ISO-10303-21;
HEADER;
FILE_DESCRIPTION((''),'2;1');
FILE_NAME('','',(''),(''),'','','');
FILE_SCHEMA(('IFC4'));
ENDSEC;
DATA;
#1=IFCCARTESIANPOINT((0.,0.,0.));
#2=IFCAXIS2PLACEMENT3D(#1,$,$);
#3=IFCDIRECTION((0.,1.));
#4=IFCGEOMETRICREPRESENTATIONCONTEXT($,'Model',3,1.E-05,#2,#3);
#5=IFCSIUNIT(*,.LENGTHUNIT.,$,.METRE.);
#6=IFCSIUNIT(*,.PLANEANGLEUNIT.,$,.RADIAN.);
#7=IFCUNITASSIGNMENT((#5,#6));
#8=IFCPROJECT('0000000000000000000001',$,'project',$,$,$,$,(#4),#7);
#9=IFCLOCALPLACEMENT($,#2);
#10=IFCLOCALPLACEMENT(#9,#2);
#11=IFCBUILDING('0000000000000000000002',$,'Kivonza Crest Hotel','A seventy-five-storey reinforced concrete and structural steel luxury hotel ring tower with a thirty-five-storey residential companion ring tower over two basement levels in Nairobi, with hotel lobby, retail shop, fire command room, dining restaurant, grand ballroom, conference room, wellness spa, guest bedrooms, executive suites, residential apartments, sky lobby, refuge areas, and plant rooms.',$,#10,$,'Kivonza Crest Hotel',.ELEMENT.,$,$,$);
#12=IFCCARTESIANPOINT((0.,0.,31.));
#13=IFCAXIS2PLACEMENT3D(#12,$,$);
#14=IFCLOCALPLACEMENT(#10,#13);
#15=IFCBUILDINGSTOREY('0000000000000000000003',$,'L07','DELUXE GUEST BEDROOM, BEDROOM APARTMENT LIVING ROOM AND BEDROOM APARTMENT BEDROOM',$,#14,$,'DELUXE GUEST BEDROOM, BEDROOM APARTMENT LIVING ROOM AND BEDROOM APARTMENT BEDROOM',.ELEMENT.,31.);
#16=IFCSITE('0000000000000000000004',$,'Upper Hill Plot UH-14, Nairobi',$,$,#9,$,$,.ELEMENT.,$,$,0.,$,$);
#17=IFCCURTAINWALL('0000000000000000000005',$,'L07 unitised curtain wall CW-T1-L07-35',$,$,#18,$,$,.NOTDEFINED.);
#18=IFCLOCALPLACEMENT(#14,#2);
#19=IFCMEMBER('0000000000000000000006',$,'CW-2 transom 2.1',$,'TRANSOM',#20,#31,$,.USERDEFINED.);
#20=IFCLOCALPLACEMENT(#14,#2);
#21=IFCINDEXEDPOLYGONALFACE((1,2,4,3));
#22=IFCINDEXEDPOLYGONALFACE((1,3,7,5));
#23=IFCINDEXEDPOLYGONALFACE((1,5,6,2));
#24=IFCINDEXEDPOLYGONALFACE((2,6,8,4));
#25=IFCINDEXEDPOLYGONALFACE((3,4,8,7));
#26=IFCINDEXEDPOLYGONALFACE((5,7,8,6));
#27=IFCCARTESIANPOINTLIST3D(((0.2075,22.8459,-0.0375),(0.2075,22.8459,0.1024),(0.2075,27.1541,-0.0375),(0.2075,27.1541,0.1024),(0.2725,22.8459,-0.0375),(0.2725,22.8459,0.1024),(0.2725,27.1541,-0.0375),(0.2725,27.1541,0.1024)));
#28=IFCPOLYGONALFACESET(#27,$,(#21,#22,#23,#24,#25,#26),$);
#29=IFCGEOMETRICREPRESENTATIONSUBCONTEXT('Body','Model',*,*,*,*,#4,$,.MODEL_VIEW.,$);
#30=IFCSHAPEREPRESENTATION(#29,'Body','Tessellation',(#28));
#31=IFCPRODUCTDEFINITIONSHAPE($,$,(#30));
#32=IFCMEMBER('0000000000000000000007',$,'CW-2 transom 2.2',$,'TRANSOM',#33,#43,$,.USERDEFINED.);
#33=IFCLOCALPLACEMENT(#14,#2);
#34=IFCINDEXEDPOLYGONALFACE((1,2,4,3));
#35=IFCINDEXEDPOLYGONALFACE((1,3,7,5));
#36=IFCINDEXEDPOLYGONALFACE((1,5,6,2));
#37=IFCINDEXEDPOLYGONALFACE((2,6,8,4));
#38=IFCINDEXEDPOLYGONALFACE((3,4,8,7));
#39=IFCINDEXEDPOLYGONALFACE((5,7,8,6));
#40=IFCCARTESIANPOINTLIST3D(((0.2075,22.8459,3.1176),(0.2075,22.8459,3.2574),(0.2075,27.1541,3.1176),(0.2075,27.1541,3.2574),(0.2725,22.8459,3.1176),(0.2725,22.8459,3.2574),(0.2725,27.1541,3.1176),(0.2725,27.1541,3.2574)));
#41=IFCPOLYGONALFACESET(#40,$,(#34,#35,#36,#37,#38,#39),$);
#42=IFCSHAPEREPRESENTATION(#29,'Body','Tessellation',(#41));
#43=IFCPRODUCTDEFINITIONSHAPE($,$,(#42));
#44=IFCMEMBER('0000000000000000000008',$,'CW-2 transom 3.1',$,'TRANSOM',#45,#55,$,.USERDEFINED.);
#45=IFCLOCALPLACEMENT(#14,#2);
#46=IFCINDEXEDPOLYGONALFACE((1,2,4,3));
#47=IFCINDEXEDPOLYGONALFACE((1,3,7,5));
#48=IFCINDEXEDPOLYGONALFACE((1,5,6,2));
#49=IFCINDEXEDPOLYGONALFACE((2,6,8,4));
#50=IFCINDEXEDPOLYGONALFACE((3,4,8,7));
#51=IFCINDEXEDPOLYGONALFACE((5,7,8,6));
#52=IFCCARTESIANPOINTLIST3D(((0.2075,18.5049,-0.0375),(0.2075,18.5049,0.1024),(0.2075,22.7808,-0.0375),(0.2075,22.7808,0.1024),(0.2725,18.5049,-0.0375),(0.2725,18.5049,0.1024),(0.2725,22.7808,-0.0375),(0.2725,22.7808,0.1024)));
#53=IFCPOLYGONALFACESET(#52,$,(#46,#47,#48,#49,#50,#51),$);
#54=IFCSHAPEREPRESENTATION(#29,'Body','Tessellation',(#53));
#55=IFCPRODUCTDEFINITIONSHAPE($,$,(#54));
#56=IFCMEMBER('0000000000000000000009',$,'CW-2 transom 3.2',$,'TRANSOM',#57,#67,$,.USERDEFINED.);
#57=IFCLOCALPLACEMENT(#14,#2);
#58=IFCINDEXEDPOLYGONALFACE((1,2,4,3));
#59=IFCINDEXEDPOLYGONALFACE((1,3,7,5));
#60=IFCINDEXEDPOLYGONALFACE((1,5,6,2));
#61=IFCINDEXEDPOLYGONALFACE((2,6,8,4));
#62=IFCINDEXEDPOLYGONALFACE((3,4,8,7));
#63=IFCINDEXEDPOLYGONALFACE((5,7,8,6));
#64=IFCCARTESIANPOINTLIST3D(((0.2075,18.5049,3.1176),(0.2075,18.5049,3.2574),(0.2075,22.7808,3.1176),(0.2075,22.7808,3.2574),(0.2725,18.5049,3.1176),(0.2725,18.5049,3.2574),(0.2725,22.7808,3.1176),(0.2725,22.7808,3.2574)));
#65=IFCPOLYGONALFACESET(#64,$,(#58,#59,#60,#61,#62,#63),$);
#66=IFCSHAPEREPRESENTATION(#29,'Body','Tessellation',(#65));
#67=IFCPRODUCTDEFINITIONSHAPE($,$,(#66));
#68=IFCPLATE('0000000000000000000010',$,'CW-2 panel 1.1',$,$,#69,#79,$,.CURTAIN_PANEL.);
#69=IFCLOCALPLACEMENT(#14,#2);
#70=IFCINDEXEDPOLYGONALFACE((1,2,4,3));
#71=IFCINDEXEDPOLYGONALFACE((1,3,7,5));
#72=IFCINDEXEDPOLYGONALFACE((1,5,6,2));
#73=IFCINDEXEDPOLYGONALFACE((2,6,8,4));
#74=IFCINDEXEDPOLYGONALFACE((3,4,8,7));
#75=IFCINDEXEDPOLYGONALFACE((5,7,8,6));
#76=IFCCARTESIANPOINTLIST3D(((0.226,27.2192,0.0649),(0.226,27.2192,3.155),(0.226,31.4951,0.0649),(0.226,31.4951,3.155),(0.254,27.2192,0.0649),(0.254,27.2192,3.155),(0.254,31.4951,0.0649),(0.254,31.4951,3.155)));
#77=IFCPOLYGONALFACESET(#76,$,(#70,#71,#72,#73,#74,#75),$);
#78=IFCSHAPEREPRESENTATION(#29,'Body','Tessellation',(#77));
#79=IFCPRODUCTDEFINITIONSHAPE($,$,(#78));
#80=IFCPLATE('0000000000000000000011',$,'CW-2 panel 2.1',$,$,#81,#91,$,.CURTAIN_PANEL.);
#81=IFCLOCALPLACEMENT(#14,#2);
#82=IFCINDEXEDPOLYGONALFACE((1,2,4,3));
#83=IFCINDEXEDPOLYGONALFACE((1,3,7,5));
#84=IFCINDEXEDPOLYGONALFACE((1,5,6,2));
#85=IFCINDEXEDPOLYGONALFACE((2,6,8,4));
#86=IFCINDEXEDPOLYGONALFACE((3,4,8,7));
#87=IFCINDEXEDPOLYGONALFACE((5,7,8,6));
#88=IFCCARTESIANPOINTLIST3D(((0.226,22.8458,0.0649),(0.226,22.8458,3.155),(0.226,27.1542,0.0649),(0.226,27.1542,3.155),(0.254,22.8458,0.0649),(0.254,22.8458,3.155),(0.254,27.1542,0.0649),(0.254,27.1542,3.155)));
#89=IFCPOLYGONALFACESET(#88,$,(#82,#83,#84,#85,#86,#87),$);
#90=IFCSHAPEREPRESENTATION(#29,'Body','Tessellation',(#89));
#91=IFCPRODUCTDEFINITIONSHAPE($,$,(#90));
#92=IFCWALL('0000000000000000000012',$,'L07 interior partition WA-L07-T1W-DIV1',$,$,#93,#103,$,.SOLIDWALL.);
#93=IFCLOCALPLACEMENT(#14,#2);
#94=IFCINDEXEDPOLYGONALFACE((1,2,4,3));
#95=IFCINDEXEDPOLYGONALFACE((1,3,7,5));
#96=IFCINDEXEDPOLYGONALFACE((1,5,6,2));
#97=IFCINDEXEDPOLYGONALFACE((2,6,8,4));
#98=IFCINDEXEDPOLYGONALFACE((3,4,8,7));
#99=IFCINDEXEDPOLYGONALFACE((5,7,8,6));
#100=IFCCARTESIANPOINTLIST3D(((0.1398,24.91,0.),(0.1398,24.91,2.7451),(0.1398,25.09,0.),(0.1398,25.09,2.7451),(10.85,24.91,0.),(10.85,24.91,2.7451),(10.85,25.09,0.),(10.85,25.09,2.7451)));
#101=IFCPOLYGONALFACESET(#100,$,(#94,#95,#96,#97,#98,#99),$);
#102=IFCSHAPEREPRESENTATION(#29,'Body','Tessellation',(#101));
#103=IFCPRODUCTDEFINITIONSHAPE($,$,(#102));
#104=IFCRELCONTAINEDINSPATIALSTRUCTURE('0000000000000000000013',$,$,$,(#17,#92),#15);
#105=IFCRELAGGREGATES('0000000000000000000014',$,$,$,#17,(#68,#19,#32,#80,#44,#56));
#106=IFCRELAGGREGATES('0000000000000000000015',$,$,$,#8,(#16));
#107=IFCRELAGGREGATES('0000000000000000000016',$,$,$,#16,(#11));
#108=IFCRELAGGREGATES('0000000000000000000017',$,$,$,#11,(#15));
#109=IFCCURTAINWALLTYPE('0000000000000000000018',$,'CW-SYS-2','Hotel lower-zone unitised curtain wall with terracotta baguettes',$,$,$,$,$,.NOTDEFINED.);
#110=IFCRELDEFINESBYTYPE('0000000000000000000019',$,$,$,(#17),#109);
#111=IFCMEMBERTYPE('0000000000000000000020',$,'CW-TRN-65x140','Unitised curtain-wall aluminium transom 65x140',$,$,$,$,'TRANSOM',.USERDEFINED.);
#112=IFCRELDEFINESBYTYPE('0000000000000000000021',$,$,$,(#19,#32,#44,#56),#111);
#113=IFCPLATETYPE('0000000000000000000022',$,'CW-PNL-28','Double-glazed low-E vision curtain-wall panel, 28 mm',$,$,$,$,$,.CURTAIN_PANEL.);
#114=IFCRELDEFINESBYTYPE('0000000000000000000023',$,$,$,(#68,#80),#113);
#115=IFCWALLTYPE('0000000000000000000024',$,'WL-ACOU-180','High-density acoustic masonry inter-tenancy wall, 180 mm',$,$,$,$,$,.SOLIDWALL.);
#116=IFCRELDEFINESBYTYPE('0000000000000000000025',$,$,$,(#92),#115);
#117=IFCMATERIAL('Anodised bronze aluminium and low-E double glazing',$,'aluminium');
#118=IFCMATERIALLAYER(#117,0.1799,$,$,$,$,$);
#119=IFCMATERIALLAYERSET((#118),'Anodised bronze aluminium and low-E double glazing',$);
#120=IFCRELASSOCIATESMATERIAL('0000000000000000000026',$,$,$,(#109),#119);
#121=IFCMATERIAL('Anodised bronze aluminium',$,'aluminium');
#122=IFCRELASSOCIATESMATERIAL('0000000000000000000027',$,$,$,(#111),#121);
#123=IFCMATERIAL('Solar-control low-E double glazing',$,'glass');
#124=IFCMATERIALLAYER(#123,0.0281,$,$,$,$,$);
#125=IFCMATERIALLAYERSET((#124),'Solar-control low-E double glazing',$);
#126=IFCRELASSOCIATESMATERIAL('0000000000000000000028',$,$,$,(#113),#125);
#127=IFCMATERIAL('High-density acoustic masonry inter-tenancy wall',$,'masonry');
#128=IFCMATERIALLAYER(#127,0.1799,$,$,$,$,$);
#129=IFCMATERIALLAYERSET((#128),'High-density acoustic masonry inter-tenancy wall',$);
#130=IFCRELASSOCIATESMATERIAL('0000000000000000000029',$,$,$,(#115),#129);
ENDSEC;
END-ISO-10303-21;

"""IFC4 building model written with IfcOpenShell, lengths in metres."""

from ifc_helpers import new_model, si_unit, direction, frame, frame_2d, origin, origin_2d, place, context, subcontext, project, spatial, rectangle, extrude, material, layer, layer_set, material_profile, profile_set, type_object, element, aggregate, save


model = new_model("IFC4")

# Units and contexts
model_context = context("Model", 3, precision=1e-05, world=origin(), true_north=direction((0.0, 1.0)))
body_context = subcontext(model_context, "Body", "Model", "MODEL_VIEW")
ifc_project = project(units=[si_unit("LENGTHUNIT", "METRE"), si_unit("PLANEANGLEUNIT", "RADIAN")], contexts=[model_context])

# Site, building, storey
site_placement = place(None, origin())
site = spatial("IfcSite", under=ifc_project, at=site_placement, Name="Upper Hill Plot UH-14, Nairobi", CompositionType="ELEMENT", RefElevation=0.0)
building_placement = place(site_placement, origin())
building = spatial("IfcBuilding", under=site, at=building_placement, Name="Kivonza Crest Hotel", Description="A seventy-five-storey reinforced concrete and structural steel luxury hotel ring tower with a thirty-five-storey residential companion ring tower over two basement levels in Nairobi, with hotel lobby, retail shop, fire command room, dining restaurant, grand ballroom, conference room, wellness spa, guest bedrooms, executive suites, residential apartments, sky lobby, refuge areas, and plant rooms.", LongName="Kivonza Crest Hotel", CompositionType="ELEMENT")
storey_placement = place(building_placement, frame((0.0, 0.0, 31.0)))
storey = spatial("IfcBuildingStorey", under=building, at=storey_placement, Name="L07", Description="DELUXE GUEST BEDROOM, BEDROOM APARTMENT LIVING ROOM AND BEDROOM APARTMENT BEDROOM", LongName="DELUXE GUEST BEDROOM, BEDROOM APARTMENT LIVING ROOM AND BEDROOM APARTMENT BEDROOM", CompositionType="ELEMENT", Elevation=31.0)

# Curtain wall, members, plates
ifc_material_1 = material(Name="Anodised bronze aluminium and low-E double glazing", Category="aluminium")
ifc_layer_1 = layer(ifc_material_1, 0.1799)
ifc_layer_set_1 = layer_set([ifc_layer_1], Name="Anodised bronze aluminium and low-E double glazing")
curtain_wall_type = type_object("IfcCurtainWallType", Name="CW-SYS-2", Description="Hotel lower-zone unitised curtain wall with terracotta baguettes", PredefinedType="NOTDEFINED", material=ifc_layer_set_1)
curtain_wall_placement = place(storey_placement, origin())
curtain_wall = element("IfcCurtainWall", 1, at=curtain_wall_placement, inside=storey, type_object=curtain_wall_type, Name="L07 unitised curtain wall CW-T1-L07-35", PredefinedType="NOTDEFINED")
ifc_material_2 = material(Name="Anodised bronze aluminium", Category="aluminium")
ifc_material_profile_1 = material_profile(ifc_material_2, rectangle(XDim=0.0649, YDim=0.1399, at=origin_2d()), Name="CW-T 65x140")
ifc_profile_set_1 = profile_set([ifc_material_profile_1], Name="Anodised bronze aluminium")
member_type_1 = type_object("IfcMemberType", Name="CW-TRN-65x140", Description="Unitised curtain-wall aluminium transom 65x140", ElementType="TRANSOM", PredefinedType="USERDEFINED", material=ifc_profile_set_1)
member_1_placement = place(storey_placement, frame((0.24, 27.1541, 0.0325), z_axis=(0.0, -1.0, 0.0), x_axis=(1.0, 0.0, 0.0)))
member_1 = element("IfcMember", 2, at=member_1_placement, type_object=member_type_1, Name="CW-2 transom 2.1", ObjectType="TRANSOM", PredefinedType="USERDEFINED", context=body_context, shape_type="SweptSolid", body=[
    extrude(rectangle(XDim=0.0649, YDim=0.1399, at=origin_2d()), origin(), (0.0, 0.0, 1.0), 4.3081),
])
member_2_placement = place(storey_placement, frame((0.24, 27.1541, 3.1875), z_axis=(0.0, -1.0, 0.0), x_axis=(1.0, 0.0, 0.0)))
member_2 = element("IfcMember", 3, at=member_2_placement, type_object=member_type_1, Name="CW-2 transom 2.2", ObjectType="TRANSOM", PredefinedType="USERDEFINED", context=body_context, shape_type="SweptSolid", body=[
    extrude(rectangle(XDim=0.0649, YDim=0.1399, at=origin_2d()), origin(), (0.0, 0.0, 1.0), 4.3081),
])
member_3_placement = place(storey_placement, frame((0.24, 22.7808, 0.0325), z_axis=(0.0, -1.0, 0.0), x_axis=(1.0, 0.0, 0.0)))
member_3 = element("IfcMember", 4, at=member_3_placement, type_object=member_type_1, Name="CW-2 transom 3.1", ObjectType="TRANSOM", PredefinedType="USERDEFINED", context=body_context, shape_type="SweptSolid", body=[
    extrude(rectangle(XDim=0.0649, YDim=0.1399, at=origin_2d()), origin(), (0.0, 0.0, 1.0), 4.2759),
])
member_4_placement = place(storey_placement, frame((0.24, 22.7808, 3.1875), z_axis=(0.0, -1.0, 0.0), x_axis=(1.0, 0.0, 0.0)))
member_4 = element("IfcMember", 5, at=member_4_placement, type_object=member_type_1, Name="CW-2 transom 3.2", ObjectType="TRANSOM", PredefinedType="USERDEFINED", context=body_context, shape_type="SweptSolid", body=[
    extrude(rectangle(XDim=0.0649, YDim=0.1399, at=origin_2d()), origin(), (0.0, 0.0, 1.0), 4.2759),
])
ifc_material_3 = material(Name="Solar-control low-E double glazing", Category="glass")
ifc_layer_2 = layer(ifc_material_3, 0.0281)
ifc_layer_set_2 = layer_set([ifc_layer_2], Name="Solar-control low-E double glazing")
plate_type = type_object("IfcPlateType", Name="CW-PNL-28", Description="Double-glazed low-E vision curtain-wall panel, 28 mm", PredefinedType="CURTAIN_PANEL", material=ifc_layer_set_2)
plate_1_placement = place(storey_placement, frame((0.24, 29.3572, 0.0649), z_axis=(0.0, 0.0, 1.0), x_axis=(0.0, -1.0, 0.0)))
plate_1 = element("IfcPlate", 6, at=plate_1_placement, type_object=plate_type, Name="CW-2 panel 1.1", PredefinedType="CURTAIN_PANEL", context=body_context, shape_type="SweptSolid", body=[
    extrude(rectangle(XDim=4.2759, YDim=0.0281, at=origin_2d()), origin(), (0.0, 0.0, 1.0), 3.0901),
])
plate_2_placement = place(storey_placement, frame((0.24, 25.0, 0.0649), z_axis=(0.0, 0.0, 1.0), x_axis=(0.0, -1.0, 0.0)))
plate_2 = element("IfcPlate", 7, at=plate_2_placement, type_object=plate_type, Name="CW-2 panel 2.1", PredefinedType="CURTAIN_PANEL", context=body_context, shape_type="SweptSolid", body=[
    extrude(rectangle(XDim=4.3083, YDim=0.0281, at=origin_2d()), origin(), (0.0, 0.0, 1.0), 3.0901),
])
aggregate(curtain_wall, [plate_1, member_1, member_2, plate_2, member_3, member_4])

# Wall
ifc_material_4 = material(Name="High-density acoustic masonry inter-tenancy wall", Category="masonry")
ifc_layer_3 = layer(ifc_material_4, 0.1799)
ifc_layer_set_3 = layer_set([ifc_layer_3], Name="High-density acoustic masonry inter-tenancy wall")
wall_type = type_object("IfcWallType", Name="WL-ACOU-180", Description="High-density acoustic masonry inter-tenancy wall, 180 mm", PredefinedType="SOLIDWALL", material=ifc_layer_set_3)
wall_placement = place(storey_placement, frame((0.1399, 25.0, 0.0), z_axis=(0.0, 0.0, 1.0), x_axis=(1.0, 0.0, 0.0)))
element("IfcWall", 8, at=wall_placement, inside=storey, type_object=wall_type, Name="L07 interior partition WA-L07-T1W-DIV1", PredefinedType="SOLIDWALL", context=body_context, shape_type="SweptSolid", body=[
    extrude(rectangle(XDim=10.7102, YDim=0.1799, at=frame_2d((5.355, 0.0))), origin(), (0.0, 0.0, 1.0), 2.7451),
])

save(model, "model.ifc")
